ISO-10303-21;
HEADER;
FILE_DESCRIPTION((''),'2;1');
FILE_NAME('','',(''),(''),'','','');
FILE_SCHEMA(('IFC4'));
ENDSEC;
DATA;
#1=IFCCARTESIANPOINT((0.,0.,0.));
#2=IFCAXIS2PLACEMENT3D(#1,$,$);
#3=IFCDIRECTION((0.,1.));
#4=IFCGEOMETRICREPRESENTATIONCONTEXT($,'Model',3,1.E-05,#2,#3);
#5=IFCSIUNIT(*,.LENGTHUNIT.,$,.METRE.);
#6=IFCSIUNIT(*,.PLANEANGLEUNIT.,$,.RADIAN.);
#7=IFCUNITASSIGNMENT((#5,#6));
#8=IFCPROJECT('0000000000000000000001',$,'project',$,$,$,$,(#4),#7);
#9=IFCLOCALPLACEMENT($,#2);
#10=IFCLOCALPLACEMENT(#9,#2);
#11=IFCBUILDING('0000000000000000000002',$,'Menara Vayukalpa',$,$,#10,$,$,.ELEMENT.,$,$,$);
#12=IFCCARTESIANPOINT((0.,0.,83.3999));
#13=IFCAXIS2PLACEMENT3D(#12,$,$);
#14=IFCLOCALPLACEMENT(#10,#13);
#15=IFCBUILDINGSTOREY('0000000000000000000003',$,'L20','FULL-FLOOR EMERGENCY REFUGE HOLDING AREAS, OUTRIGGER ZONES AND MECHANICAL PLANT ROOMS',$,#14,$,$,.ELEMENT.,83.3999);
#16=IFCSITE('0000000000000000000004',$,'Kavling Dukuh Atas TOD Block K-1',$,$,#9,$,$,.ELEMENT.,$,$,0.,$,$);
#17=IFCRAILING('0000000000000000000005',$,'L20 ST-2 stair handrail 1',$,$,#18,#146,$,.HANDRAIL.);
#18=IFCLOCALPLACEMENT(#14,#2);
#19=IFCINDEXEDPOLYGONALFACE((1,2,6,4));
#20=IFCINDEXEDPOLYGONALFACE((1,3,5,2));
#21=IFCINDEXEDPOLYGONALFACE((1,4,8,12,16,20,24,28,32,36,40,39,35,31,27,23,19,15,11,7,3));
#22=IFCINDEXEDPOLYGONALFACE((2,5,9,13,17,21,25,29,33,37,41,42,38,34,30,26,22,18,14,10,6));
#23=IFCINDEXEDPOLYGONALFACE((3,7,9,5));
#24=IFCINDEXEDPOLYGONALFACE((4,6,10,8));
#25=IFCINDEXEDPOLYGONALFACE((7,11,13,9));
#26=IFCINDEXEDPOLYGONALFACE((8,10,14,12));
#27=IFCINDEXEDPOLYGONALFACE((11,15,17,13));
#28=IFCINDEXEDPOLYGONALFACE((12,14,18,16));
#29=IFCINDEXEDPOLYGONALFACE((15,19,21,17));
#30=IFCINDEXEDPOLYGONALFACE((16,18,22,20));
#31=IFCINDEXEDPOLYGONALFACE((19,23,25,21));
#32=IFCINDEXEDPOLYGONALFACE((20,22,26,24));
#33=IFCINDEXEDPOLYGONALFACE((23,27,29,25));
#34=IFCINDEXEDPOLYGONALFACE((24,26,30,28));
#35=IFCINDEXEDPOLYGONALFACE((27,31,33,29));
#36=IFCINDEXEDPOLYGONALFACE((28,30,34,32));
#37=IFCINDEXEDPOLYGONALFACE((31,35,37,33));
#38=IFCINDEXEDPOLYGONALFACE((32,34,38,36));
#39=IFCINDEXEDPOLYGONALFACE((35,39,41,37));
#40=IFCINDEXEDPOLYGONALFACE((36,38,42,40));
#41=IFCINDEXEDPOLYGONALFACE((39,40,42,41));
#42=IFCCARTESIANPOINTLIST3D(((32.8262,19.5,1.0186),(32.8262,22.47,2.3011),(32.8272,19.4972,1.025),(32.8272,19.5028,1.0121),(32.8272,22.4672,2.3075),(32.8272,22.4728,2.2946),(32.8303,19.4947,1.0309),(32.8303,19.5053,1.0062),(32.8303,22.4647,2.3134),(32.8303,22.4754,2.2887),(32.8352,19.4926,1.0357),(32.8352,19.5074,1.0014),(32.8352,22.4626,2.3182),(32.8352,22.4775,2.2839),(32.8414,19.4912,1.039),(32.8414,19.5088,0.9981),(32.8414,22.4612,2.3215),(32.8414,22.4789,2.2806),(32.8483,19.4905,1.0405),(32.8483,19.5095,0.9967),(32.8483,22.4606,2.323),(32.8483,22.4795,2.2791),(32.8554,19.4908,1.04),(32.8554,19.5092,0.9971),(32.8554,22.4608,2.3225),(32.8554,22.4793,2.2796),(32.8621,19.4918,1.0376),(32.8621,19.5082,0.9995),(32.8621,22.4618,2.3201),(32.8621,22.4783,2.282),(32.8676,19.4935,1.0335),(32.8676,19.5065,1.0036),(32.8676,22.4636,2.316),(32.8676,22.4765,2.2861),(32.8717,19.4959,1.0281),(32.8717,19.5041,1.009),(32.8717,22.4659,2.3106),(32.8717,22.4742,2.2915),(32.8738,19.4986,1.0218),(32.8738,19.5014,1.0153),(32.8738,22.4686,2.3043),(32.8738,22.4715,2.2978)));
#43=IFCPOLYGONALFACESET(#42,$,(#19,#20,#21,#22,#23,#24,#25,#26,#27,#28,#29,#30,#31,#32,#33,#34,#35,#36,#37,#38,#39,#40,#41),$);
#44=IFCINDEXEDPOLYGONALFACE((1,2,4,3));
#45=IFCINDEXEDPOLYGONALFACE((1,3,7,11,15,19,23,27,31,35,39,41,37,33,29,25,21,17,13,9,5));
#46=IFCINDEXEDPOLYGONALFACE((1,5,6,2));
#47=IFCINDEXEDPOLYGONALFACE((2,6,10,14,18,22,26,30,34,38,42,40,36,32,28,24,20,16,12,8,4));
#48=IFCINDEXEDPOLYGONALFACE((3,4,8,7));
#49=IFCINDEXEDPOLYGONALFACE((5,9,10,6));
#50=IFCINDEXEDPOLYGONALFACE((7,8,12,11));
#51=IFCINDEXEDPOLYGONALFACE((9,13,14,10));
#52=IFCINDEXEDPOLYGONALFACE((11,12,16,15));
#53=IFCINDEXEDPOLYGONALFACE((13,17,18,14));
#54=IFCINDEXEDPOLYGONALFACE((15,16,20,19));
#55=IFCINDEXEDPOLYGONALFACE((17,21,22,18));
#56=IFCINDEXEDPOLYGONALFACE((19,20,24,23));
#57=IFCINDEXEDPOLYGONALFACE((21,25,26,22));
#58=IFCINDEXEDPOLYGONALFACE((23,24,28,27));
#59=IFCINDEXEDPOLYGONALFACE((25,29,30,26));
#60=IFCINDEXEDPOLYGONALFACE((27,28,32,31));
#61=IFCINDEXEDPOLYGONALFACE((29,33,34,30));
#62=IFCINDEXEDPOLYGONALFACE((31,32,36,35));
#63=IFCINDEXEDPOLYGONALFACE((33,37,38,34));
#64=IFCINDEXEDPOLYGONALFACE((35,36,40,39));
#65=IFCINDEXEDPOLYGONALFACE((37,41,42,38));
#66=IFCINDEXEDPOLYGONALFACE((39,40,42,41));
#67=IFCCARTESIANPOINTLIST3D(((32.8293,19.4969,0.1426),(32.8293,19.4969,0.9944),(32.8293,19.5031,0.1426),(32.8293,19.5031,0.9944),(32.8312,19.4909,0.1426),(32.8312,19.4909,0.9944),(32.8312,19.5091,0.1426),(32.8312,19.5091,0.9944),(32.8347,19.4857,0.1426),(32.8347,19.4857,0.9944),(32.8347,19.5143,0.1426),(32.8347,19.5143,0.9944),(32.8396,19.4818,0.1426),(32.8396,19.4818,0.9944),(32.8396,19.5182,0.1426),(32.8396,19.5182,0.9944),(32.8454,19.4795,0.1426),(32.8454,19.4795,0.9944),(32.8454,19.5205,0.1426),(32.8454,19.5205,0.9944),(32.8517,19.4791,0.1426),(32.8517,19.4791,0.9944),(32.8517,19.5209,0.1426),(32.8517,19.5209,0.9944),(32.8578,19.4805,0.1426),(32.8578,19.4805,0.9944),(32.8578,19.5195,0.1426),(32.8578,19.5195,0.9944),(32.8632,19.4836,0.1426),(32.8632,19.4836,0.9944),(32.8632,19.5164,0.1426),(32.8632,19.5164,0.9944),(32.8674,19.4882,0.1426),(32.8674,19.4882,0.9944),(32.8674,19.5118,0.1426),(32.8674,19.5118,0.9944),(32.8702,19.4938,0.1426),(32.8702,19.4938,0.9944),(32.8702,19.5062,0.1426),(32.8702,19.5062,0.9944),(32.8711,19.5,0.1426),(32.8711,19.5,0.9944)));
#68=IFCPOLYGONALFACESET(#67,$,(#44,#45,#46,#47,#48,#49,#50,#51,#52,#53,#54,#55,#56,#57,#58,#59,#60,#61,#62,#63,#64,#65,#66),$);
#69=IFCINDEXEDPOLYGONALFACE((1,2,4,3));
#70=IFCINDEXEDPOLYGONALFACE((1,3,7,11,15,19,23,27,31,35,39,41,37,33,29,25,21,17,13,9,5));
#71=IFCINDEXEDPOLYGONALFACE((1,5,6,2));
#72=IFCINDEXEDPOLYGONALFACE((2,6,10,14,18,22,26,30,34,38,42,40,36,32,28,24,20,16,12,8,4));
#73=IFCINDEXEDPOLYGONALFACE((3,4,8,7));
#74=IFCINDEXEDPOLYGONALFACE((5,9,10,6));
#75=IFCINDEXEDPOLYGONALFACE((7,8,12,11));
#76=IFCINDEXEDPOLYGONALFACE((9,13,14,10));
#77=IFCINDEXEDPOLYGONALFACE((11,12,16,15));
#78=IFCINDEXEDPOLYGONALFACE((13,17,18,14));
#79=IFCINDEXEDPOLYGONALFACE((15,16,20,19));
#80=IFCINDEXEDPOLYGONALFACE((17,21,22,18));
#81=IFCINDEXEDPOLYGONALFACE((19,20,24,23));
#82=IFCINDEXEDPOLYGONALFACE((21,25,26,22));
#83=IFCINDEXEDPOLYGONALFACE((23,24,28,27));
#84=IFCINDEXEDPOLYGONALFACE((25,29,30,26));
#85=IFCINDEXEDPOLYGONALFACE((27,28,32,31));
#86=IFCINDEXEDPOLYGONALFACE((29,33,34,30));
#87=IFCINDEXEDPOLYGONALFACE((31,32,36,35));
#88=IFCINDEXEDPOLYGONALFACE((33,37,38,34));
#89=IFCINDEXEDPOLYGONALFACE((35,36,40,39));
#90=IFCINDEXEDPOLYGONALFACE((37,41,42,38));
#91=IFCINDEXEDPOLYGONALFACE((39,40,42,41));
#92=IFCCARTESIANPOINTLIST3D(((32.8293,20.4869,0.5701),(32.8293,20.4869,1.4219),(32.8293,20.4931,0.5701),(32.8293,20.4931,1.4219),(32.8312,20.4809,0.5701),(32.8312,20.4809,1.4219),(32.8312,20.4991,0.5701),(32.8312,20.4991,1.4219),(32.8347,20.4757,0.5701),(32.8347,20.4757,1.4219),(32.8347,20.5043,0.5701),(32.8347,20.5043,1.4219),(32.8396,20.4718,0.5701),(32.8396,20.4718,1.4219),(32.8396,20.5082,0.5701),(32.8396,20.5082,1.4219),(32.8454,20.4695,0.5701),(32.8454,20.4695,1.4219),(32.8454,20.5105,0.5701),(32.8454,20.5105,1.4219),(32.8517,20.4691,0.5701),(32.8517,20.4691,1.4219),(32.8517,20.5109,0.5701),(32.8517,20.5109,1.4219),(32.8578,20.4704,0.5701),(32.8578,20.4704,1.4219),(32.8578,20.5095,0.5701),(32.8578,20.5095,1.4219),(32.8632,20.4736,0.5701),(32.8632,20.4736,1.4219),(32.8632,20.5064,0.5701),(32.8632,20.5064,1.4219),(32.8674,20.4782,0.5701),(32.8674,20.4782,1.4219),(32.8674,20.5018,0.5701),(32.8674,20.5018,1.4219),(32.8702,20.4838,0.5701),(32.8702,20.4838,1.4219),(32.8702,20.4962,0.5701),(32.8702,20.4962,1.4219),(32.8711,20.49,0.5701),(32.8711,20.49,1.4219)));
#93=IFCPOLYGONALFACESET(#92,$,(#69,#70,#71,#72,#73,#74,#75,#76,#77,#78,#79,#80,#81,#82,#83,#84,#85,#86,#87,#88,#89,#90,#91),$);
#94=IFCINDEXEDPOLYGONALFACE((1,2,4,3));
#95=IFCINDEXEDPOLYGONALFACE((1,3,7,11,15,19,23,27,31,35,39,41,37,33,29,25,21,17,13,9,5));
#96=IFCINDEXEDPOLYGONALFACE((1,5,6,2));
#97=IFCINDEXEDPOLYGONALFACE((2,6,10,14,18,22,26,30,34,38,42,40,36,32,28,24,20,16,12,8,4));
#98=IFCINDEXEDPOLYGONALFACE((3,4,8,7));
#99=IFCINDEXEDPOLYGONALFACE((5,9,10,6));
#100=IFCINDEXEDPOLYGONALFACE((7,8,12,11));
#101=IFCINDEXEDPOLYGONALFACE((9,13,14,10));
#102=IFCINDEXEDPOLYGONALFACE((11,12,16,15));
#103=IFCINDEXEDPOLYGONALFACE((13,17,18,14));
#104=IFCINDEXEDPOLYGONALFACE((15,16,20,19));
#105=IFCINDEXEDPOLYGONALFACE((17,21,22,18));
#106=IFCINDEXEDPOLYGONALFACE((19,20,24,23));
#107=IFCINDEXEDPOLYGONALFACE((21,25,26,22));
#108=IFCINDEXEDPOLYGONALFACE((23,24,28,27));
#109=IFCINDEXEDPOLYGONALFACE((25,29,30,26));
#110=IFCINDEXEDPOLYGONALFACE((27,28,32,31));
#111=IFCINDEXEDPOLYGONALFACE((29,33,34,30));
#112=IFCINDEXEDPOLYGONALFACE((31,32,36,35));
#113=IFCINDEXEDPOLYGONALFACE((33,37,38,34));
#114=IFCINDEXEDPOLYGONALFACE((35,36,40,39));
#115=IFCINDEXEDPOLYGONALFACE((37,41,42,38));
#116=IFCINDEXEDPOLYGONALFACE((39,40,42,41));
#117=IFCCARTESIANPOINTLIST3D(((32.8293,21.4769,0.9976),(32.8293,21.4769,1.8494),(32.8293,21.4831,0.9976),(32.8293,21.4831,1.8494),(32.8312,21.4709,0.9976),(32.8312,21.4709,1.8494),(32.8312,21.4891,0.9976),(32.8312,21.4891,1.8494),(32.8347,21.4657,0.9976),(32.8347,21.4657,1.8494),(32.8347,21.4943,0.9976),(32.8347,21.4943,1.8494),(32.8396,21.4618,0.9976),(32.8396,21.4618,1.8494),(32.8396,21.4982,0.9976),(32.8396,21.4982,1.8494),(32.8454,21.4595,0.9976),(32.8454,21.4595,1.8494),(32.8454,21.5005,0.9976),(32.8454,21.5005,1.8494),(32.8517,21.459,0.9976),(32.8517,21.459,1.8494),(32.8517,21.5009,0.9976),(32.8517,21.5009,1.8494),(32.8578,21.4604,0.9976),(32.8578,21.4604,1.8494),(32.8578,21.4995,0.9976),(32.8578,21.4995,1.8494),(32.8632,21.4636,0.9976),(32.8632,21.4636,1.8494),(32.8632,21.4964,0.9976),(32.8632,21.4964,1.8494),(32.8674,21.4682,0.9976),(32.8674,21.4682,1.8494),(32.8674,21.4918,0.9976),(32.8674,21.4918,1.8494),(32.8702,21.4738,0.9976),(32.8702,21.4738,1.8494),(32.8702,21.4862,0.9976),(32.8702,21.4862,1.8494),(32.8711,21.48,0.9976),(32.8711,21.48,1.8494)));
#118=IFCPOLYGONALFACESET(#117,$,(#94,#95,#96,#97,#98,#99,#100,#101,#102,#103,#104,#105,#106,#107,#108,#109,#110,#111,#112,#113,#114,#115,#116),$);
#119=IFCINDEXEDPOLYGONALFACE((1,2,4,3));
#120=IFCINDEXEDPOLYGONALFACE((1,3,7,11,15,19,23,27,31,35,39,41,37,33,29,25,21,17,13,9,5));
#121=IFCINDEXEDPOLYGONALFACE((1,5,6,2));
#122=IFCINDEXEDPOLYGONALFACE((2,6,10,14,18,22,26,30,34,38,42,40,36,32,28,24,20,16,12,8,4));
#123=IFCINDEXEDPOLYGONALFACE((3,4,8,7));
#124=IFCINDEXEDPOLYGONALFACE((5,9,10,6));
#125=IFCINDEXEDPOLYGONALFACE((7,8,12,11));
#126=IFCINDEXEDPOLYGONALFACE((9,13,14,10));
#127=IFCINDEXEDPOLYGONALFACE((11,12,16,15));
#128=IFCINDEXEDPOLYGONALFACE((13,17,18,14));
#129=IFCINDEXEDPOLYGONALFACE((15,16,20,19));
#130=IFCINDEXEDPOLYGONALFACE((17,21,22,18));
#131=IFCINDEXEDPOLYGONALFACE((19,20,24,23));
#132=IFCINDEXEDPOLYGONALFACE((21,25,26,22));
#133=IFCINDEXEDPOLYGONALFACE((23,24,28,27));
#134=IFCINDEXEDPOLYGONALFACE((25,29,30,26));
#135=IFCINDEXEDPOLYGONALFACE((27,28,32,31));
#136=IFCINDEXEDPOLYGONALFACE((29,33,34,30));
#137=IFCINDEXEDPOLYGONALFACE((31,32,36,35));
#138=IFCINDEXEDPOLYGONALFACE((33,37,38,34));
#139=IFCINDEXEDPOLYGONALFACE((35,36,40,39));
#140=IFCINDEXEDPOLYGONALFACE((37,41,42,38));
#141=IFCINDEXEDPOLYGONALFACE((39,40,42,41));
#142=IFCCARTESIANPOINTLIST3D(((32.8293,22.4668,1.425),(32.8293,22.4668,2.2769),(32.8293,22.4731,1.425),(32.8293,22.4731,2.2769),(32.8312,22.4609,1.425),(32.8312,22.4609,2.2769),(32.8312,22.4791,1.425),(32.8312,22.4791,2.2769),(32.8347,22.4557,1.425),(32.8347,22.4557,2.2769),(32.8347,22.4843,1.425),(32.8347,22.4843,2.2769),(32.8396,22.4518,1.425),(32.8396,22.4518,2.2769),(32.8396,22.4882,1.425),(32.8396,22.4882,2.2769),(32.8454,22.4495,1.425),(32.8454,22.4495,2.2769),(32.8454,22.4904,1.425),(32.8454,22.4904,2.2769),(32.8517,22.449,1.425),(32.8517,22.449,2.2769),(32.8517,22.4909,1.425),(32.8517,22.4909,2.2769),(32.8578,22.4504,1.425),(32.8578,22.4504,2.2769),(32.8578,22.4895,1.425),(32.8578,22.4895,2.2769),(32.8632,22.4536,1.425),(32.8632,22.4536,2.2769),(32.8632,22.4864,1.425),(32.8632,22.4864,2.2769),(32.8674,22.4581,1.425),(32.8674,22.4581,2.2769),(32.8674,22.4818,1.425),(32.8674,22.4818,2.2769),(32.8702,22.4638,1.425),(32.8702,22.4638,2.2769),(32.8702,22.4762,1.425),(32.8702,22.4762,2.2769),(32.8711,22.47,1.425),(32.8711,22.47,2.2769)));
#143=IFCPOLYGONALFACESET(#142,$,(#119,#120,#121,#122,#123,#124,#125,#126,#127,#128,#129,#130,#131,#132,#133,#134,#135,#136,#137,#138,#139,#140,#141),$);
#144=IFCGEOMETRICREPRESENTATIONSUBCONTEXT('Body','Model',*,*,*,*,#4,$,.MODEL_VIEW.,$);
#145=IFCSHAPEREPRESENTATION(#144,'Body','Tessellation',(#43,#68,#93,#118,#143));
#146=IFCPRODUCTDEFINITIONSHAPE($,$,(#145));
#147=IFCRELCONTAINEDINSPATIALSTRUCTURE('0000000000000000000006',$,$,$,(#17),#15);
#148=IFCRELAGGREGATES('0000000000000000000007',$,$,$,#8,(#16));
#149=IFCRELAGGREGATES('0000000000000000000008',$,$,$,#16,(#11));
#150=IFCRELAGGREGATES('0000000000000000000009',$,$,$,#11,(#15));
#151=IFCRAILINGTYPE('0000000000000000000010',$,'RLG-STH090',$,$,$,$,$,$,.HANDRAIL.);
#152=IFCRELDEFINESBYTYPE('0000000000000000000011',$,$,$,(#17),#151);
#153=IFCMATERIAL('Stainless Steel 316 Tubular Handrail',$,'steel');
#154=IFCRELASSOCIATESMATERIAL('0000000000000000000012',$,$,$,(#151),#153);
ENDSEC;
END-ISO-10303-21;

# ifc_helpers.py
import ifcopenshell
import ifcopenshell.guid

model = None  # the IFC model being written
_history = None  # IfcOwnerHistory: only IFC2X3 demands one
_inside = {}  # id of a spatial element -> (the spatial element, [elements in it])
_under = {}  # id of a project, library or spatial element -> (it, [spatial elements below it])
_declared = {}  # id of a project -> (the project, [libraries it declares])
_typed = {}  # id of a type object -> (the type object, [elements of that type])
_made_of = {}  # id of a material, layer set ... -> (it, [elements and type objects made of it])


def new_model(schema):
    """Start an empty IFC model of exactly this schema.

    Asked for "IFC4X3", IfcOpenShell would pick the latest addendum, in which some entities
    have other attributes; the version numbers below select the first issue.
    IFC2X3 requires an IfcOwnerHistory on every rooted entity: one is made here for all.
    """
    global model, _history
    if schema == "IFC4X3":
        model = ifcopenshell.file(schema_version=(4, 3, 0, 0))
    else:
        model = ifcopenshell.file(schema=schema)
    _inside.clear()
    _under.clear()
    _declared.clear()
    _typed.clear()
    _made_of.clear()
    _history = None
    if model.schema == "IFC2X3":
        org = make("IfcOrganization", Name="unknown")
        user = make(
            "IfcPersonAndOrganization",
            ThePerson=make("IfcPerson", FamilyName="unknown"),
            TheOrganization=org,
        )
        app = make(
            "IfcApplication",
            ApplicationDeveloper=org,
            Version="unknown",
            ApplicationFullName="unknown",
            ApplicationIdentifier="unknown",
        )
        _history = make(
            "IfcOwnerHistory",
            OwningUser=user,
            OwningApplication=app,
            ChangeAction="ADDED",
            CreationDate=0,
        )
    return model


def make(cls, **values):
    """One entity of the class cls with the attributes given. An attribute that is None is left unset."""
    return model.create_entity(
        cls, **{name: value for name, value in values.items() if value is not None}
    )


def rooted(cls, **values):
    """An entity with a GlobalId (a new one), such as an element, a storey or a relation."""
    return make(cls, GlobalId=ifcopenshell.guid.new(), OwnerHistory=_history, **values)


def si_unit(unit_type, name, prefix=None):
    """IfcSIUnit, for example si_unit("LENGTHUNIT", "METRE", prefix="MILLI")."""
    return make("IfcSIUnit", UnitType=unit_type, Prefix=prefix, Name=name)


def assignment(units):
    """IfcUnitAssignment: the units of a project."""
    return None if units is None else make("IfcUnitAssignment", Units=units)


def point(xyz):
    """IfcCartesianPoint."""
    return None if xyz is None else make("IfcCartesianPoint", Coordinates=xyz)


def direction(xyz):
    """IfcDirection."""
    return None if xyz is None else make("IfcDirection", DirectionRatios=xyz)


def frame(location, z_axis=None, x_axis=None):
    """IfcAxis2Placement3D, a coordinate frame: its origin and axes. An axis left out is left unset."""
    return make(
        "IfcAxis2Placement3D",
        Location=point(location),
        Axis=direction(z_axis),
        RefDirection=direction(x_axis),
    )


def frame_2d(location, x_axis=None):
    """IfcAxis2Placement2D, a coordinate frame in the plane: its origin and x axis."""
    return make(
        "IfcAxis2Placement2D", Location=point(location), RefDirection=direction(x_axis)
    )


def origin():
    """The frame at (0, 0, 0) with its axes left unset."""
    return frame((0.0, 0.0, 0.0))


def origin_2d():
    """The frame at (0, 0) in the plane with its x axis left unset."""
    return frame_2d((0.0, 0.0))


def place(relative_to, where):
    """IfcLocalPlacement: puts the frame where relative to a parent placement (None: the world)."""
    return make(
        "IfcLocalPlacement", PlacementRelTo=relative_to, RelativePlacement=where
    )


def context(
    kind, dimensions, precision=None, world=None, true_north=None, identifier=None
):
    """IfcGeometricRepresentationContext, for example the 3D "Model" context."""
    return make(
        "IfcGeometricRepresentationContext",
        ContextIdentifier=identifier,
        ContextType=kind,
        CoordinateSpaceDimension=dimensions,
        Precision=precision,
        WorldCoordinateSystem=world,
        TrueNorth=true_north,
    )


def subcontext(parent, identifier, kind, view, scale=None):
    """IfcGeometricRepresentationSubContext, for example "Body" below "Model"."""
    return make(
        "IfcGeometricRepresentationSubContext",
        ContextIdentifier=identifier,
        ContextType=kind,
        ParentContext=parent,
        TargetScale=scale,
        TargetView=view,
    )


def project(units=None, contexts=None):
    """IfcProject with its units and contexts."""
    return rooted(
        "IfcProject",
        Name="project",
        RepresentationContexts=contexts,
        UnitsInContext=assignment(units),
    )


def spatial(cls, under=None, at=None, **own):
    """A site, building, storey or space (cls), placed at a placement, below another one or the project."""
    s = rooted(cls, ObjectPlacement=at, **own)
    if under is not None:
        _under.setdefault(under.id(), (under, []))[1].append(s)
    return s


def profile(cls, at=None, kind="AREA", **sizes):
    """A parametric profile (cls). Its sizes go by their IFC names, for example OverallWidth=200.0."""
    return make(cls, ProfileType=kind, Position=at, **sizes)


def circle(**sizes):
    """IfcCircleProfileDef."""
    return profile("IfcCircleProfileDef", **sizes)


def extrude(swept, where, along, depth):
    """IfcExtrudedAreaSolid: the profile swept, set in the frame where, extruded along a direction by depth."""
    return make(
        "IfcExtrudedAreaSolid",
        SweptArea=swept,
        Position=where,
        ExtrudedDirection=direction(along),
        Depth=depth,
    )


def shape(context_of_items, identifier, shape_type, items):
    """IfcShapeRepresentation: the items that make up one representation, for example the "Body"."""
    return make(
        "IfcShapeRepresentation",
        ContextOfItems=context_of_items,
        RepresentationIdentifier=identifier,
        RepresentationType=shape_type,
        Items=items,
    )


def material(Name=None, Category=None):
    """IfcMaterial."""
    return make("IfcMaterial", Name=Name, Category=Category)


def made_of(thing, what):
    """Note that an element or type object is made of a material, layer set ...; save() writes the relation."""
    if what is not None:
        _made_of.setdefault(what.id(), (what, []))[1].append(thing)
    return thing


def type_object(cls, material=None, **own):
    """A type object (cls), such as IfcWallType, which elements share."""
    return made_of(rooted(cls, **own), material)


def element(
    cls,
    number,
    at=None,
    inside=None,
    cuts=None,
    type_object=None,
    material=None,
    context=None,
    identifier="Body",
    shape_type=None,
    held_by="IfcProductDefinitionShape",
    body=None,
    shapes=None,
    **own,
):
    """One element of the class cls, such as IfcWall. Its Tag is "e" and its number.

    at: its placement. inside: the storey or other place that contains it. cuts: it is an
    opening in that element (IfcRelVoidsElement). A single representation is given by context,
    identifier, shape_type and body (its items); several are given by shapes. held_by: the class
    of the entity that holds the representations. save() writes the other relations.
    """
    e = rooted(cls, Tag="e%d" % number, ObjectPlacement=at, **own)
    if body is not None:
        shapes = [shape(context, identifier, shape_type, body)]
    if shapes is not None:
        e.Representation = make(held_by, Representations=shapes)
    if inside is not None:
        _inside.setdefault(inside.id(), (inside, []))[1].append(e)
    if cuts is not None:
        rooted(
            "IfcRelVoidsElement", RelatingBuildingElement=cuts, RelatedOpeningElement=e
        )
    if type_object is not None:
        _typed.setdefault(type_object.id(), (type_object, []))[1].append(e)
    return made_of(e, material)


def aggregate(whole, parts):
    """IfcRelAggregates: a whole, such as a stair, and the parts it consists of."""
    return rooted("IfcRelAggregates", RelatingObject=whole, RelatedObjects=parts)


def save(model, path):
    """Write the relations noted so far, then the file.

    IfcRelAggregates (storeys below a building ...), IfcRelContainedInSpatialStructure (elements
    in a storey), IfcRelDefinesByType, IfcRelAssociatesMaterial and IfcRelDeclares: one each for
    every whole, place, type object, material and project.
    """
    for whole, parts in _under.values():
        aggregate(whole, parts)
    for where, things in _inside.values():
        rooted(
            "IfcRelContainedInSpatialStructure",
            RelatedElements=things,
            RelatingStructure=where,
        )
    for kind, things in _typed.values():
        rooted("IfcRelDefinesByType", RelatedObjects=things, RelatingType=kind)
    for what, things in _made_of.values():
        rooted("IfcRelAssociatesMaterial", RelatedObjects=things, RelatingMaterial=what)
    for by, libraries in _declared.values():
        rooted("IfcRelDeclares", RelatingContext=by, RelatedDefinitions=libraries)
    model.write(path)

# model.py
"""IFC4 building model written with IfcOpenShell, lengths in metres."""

from ifc_helpers import new_model, si_unit, direction, frame, origin, origin_2d, place, context, subcontext, project, spatial, circle, extrude, material, type_object, element, save


model = new_model("IFC4")

# Units and contexts
model_context = context("Model", 3, precision=1e-05, world=origin(), true_north=direction((0.0, 1.0)))
body_context = subcontext(model_context, "Body", "Model", "MODEL_VIEW")
ifc_project = project(units=[si_unit("LENGTHUNIT", "METRE"), si_unit("PLANEANGLEUNIT", "RADIAN")], contexts=[model_context])

# Site, building, storey
site_placement = place(None, origin())
site = spatial("IfcSite", under=ifc_project, at=site_placement, Name="Kavling Dukuh Atas TOD Block K-1", CompositionType="ELEMENT", RefElevation=0.0)
building_placement = place(site_placement, origin())
building = spatial("IfcBuilding", under=site, at=building_placement, Name="Menara Vayukalpa", CompositionType="ELEMENT")
storey_placement = place(building_placement, frame((0.0, 0.0, 83.3999)))
storey = spatial("IfcBuildingStorey", under=building, at=storey_placement, Name="L20", Description="FULL-FLOOR EMERGENCY REFUGE HOLDING AREAS, OUTRIGGER ZONES AND MECHANICAL PLANT ROOMS", CompositionType="ELEMENT", Elevation=83.3999)

# Railing
ifc_material_1 = material(Name="Stainless Steel 316 Tubular Handrail", Category="steel")
railing_type_1 = type_object("IfcRailingType", Name="RLG-STH090", PredefinedType="HANDRAIL", material=ifc_material_1)
for number, where, name in (
    (1, (32.8501, 19.5, 0.1426), "L20 ST-2 stair handrail 1"),
):
    element("IfcRailing", number, at=place(storey_placement, frame(where)), inside=storey, type_object=railing_type_1, Name=name, PredefinedType="HANDRAIL", context=body_context, shape_type="SweptSolid", body=[
        extrude(circle(Radius=0.0239, at=origin_2d()), frame((0.0, 0.0, 0.876), z_axis=(0.0, 0.918064, 0.396432), x_axis=(-1.0, 0.0, 0.0)), (0.0, 0.0, 1.0), 3.2351),
        extrude(circle(Radius=0.021, at=origin_2d()), origin(), (0.0, 0.0, 1.0), 0.8518),
        extrude(circle(Radius=0.021, at=origin_2d()), frame((0.0, 0.99, 0.4275)), (0.0, 0.0, 1.0), 0.8518),
        extrude(circle(Radius=0.021, at=origin_2d()), frame((0.0, 1.98, 0.855)), (0.0, 0.0, 1.0), 0.8518),
        extrude(circle(Radius=0.021, at=origin_2d()), frame((0.0, 2.97, 1.2825)), (0.0, 0.0, 1.0), 0.8518),
    ])

save(model, "model.ifc")
